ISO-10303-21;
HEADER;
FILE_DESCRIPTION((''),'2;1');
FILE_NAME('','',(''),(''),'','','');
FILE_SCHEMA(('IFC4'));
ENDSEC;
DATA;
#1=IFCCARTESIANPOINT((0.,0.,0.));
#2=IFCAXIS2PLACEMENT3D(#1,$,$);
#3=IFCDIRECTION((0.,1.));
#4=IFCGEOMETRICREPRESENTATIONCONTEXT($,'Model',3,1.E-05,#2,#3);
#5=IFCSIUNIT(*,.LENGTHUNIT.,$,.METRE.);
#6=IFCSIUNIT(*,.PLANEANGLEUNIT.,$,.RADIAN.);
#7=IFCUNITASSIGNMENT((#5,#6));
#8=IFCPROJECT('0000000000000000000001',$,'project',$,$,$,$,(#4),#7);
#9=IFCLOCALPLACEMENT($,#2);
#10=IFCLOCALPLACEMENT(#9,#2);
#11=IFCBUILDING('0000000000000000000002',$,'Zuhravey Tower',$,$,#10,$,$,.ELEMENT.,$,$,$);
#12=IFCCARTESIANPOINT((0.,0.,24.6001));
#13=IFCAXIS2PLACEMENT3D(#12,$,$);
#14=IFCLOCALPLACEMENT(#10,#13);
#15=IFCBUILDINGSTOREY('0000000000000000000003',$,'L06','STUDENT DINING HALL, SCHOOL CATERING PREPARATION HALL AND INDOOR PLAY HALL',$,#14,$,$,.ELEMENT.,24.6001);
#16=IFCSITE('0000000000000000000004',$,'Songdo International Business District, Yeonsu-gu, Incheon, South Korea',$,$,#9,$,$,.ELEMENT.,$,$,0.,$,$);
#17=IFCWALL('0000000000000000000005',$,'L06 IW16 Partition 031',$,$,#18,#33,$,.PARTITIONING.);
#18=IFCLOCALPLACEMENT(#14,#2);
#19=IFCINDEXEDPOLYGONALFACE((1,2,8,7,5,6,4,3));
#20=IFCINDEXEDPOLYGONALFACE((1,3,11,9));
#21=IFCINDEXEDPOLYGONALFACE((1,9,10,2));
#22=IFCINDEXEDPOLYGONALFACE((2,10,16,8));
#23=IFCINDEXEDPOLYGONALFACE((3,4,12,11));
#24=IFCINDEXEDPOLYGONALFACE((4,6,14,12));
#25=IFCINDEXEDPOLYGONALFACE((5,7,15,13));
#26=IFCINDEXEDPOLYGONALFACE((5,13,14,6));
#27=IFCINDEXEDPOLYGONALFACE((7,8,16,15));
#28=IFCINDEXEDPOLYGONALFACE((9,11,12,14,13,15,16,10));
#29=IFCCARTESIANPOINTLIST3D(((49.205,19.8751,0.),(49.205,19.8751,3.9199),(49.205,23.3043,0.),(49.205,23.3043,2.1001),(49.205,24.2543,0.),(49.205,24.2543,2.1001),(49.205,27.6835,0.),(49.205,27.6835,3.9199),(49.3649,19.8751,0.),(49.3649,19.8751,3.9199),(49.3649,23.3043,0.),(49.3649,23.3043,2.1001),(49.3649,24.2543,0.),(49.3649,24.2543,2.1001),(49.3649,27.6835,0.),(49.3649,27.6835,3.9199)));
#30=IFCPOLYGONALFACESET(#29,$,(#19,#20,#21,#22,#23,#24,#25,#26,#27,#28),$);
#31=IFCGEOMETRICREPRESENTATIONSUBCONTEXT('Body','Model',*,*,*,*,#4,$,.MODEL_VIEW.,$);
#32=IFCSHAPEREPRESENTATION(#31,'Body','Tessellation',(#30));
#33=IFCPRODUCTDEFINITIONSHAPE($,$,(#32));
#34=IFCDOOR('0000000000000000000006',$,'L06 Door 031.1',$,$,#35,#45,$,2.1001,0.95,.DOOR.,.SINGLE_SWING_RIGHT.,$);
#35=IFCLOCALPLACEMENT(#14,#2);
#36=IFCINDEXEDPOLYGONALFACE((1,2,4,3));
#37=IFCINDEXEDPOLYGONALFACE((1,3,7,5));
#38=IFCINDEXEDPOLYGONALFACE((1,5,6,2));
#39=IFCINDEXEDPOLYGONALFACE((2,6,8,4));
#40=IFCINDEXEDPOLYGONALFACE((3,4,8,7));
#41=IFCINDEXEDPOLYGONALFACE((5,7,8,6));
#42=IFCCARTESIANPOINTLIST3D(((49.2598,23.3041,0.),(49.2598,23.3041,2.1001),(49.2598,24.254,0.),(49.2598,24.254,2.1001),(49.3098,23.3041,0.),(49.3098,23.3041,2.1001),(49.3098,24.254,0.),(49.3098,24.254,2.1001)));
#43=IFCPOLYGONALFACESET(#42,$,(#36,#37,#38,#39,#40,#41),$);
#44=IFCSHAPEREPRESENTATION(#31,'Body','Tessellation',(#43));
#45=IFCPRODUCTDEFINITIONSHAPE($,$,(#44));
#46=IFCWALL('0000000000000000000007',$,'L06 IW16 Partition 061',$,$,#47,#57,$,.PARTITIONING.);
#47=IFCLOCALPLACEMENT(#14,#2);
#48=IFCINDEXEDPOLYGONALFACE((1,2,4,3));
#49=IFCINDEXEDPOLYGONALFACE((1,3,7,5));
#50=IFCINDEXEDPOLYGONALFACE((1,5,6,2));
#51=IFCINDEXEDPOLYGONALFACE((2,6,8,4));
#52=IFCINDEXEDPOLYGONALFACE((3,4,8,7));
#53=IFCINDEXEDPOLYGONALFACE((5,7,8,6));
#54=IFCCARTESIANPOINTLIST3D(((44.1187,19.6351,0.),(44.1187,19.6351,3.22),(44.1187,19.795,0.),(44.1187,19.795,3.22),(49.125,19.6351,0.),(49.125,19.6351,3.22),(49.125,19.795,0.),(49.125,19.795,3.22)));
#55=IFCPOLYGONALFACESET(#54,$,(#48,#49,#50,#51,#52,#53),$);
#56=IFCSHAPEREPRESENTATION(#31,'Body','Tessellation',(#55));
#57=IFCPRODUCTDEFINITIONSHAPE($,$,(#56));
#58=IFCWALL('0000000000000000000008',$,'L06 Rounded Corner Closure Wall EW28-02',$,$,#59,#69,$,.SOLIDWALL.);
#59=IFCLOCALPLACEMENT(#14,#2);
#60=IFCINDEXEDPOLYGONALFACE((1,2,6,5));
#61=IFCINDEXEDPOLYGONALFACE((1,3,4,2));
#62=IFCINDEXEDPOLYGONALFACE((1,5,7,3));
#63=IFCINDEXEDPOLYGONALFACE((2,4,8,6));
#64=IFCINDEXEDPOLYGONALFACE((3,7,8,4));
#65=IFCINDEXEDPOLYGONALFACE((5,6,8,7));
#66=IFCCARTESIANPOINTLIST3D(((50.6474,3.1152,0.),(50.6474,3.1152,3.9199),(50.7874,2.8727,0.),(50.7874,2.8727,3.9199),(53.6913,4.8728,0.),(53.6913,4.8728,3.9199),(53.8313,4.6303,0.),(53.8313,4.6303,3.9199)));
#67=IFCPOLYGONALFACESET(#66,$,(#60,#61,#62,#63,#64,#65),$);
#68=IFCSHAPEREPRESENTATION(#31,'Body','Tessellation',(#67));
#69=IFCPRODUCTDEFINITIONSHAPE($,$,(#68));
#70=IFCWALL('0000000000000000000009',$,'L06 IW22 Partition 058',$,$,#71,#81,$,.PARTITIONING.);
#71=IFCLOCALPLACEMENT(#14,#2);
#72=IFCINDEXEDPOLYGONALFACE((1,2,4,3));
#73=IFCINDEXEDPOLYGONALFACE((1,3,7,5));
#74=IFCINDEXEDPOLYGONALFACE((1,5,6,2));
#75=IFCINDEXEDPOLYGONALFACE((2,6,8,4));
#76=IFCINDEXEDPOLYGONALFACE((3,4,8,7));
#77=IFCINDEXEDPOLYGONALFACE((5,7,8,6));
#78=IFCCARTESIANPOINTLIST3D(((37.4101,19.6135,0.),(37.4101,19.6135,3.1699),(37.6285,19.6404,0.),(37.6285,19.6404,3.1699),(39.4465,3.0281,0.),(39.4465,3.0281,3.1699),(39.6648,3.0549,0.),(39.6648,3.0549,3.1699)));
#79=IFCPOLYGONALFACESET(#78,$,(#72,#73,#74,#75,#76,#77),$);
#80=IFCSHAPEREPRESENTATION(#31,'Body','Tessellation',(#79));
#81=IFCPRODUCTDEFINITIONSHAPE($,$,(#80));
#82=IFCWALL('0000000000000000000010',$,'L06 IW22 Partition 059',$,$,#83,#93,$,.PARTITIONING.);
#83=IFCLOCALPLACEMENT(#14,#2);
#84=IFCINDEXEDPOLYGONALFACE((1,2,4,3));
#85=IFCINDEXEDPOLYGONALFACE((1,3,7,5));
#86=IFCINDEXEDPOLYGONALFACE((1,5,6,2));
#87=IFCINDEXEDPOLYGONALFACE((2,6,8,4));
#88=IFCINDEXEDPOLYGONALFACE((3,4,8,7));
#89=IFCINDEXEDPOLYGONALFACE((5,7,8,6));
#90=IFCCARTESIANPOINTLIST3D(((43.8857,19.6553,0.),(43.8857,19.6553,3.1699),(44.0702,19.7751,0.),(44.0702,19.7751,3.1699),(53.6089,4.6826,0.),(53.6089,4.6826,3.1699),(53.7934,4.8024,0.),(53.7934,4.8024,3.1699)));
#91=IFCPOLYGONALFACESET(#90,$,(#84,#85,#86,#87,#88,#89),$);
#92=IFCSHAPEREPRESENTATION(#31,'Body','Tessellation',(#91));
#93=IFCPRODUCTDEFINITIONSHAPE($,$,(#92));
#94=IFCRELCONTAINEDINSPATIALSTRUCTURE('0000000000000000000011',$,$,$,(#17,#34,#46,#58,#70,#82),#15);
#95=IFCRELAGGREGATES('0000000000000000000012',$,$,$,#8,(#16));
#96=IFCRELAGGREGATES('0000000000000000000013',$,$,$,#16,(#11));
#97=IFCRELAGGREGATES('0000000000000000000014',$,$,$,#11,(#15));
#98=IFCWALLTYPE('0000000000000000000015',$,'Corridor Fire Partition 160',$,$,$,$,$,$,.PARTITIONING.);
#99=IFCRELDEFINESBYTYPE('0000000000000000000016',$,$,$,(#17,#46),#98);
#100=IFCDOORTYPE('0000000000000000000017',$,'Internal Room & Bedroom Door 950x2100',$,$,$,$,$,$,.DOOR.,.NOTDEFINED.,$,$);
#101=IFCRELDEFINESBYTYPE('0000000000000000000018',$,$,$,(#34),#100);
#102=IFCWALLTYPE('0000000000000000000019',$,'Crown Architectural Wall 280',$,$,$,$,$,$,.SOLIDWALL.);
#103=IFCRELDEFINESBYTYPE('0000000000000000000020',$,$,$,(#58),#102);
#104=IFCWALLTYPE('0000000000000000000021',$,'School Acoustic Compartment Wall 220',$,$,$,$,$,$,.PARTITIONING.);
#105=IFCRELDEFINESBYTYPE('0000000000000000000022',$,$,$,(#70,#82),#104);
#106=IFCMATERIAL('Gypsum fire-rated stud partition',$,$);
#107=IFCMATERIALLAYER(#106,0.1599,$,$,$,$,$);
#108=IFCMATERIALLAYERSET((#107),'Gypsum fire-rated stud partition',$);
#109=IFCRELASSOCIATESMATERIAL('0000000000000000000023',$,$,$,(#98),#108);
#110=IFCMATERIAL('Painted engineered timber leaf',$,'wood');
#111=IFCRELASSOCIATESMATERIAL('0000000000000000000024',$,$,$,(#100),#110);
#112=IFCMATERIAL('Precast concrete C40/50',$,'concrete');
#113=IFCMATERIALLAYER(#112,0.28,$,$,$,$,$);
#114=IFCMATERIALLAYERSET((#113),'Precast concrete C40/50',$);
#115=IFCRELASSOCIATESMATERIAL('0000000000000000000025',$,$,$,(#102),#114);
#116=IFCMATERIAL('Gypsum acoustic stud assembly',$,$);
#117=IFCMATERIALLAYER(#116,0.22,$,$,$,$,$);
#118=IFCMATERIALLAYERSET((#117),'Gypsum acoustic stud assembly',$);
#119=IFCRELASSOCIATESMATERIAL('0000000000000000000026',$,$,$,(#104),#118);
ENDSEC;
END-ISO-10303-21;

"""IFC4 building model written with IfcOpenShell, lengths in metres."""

from ifc_helpers import new_model, si_unit, direction, frame, frame_2d, origin, place, context, subcontext, project, spatial, rectangle, extrude, material, layer, layer_set, type_object, element, fill, save


model = new_model("IFC4")

# Units and contexts
model_context = context("Model", 3, precision=1e-05, world=origin(), true_north=direction((0.0, 1.0)))
body_context = subcontext(model_context, "Body", "Model", "MODEL_VIEW")
ifc_project = project(units=[si_unit("LENGTHUNIT", "METRE"), si_unit("PLANEANGLEUNIT", "RADIAN")], contexts=[model_context])

# Site, building, storey
site_placement = place(None, origin())
site = spatial("IfcSite", under=ifc_project, at=site_placement, Name="Songdo International Business District, Yeonsu-gu, Incheon, South Korea", CompositionType="ELEMENT", RefElevation=0.0)
building_placement = place(site_placement, origin())
building = spatial("IfcBuilding", under=site, at=building_placement, Name="Zuhravey Tower", CompositionType="ELEMENT")
storey_placement = place(building_placement, frame((0.0, 0.0, 24.6001)))
storey = spatial("IfcBuildingStorey", under=building, at=storey_placement, Name="L06", Description="STUDENT DINING HALL, SCHOOL CATERING PREPARATION HALL AND INDOOR PLAY HALL", CompositionType="ELEMENT", Elevation=24.6001)

# Wall, opening, door
ifc_material_1 = material(Name="Gypsum fire-rated stud partition")
ifc_layer_1 = layer(ifc_material_1, 0.1599)
ifc_layer_set_1 = layer_set([ifc_layer_1], Name="Gypsum fire-rated stud partition")
wall_type_1 = type_object("IfcWallType", Name="Corridor Fire Partition 160", PredefinedType="PARTITIONING", material=ifc_layer_set_1)
wall_1_placement = place(storey_placement, frame((49.2849, 19.875, 0.0), z_axis=(0.0, 0.0, 1.0), x_axis=(0.0, 1.0, 0.0)))
wall_1 = element("IfcWall", 1, at=wall_1_placement, inside=storey, type_object=wall_type_1, Name="L06 IW16 Partition 031", PredefinedType="PARTITIONING", context=body_context, shape_type="SweptSolid", body=[
    extrude(rectangle(XDim=7.8083, YDim=0.1599, at=frame_2d((3.9043, 0.0))), origin(), (0.0, 0.0, 1.0), 3.9199),
])
opening_1_placement = place(wall_1_placement, frame((3.4292, 0.0, 0.0)))
opening_1 = element("IfcOpeningElement", 2, at=opening_1_placement, cuts=wall_1, PredefinedType="OPENING", context=body_context, shape_type="SweptSolid", body=[
    extrude(rectangle(XDim=0.95, YDim=2.1001, at=frame_2d((0.4751, 1.05))), frame((0.0, 0.092, 0.0), z_axis=(0.0, -1.0, 0.0), x_axis=(1.0, 0.0, 0.0)), (0.0, 0.0, 1.0), 0.1838),
])
ifc_material_2 = material(Name="Painted engineered timber leaf", Category="wood")
door_type_1 = type_object("IfcDoorType", Name="Internal Room & Bedroom Door 950x2100", OperationType="NOTDEFINED", PredefinedType="DOOR", material=ifc_material_2)
door_1_placement = place(opening_1_placement, frame((0.95, 0.0, 0.0), z_axis=(0.0, 0.0, 1.0), x_axis=(-1.0, 0.0, 0.0)))
door_1 = element("IfcDoor", 3, at=door_1_placement, inside=storey, type_object=door_type_1, Name="L06 Door 031.1", OperationType="SINGLE_SWING_RIGHT", OverallHeight=2.1001, OverallWidth=0.95, PredefinedType="DOOR", context=body_context, shape_type="SweptSolid", body=[
    extrude(rectangle(XDim=0.95, YDim=2.1001, at=frame_2d((0.4751, 1.05))), frame((0.0, 0.0249, 0.0), z_axis=(0.0, -1.0, 0.0), x_axis=(1.0, 0.0, 0.0)), (0.0, 0.0, 1.0), 0.05),
])
fill(opening_1, door_1)

# Walls
wall_2_placement = place(storey_placement, frame((44.1187, 19.7151, 0.0), z_axis=(0.0, 0.0, 1.0), x_axis=(1.0, 0.0, 0.0)))
element("IfcWall", 4, at=wall_2_placement, inside=storey, type_object=wall_type_1, Name="L06 IW16 Partition 061", PredefinedType="PARTITIONING", context=body_context, shape_type="SweptSolid", body=[
    extrude(rectangle(XDim=5.0063, YDim=0.1599, at=frame_2d((2.5032, 0.0))), origin(), (0.0, 0.0, 1.0), 3.22),
])
ifc_material_3 = material(Name="Precast concrete C40/50", Category="concrete")
ifc_layer_2 = layer(ifc_material_3, 0.28)
ifc_layer_set_2 = layer_set([ifc_layer_2], Name="Precast concrete C40/50")
wall_type_2 = type_object("IfcWallType", Name="Crown Architectural Wall 280", PredefinedType="SOLIDWALL", material=ifc_layer_set_2)
wall_3_placement = place(storey_placement, frame((53.7612, 4.7515, 0.0), z_axis=(0.0, 0.0, 1.0), x_axis=(-0.866007, -0.500031, 0.0)))
element("IfcWall", 5, at=wall_3_placement, inside=storey, type_object=wall_type_2, Name="L06 Rounded Corner Closure Wall EW28-02", PredefinedType="SOLIDWALL", context=body_context, shape_type="SweptSolid", body=[
    extrude(rectangle(XDim=3.5149, YDim=0.28, at=frame_2d((1.7573, 0.0))), origin(), (0.0, 0.0, 1.0), 3.9199),
])
ifc_material_4 = material(Name="Gypsum acoustic stud assembly")
ifc_layer_3 = layer(ifc_material_4, 0.22)
ifc_layer_set_3 = layer_set([ifc_layer_3], Name="Gypsum acoustic stud assembly")
wall_type_3 = type_object("IfcWallType", Name="School Acoustic Compartment Wall 220", PredefinedType="PARTITIONING", material=ifc_layer_set_3)
wall_4_placement = place(storey_placement, frame((37.5193, 19.627, 0.0), z_axis=(0.0, 0.0, 1.0), x_axis=(0.121866, -0.992547, 0.0)))
element("IfcWall", 6, at=wall_4_placement, inside=storey, type_object=wall_type_3, Name="L06 IW22 Partition 058", PredefinedType="PARTITIONING", context=body_context, shape_type="SweptSolid", body=[
    extrude(rectangle(XDim=16.71, YDim=0.22, at=frame_2d((8.355, 0.0))), origin(), (0.0, 0.0, 1.0), 3.1699),
])
wall_5_placement = place(storey_placement, frame((43.978, 19.7151, 0.0), z_axis=(0.0, 0.0, 1.0), x_axis=(0.544631, -0.838676, 0.0)))
element("IfcWall", 7, at=wall_5_placement, inside=storey, type_object=wall_type_3, Name="L06 IW22 Partition 059", PredefinedType="PARTITIONING", context=body_context, shape_type="SweptSolid", body=[
    extrude(rectangle(XDim=17.8528, YDim=0.22, at=frame_2d((8.9263, 0.0))), origin(), (0.0, 0.0, 1.0), 3.1699),
])

save(model, "model.ifc")
